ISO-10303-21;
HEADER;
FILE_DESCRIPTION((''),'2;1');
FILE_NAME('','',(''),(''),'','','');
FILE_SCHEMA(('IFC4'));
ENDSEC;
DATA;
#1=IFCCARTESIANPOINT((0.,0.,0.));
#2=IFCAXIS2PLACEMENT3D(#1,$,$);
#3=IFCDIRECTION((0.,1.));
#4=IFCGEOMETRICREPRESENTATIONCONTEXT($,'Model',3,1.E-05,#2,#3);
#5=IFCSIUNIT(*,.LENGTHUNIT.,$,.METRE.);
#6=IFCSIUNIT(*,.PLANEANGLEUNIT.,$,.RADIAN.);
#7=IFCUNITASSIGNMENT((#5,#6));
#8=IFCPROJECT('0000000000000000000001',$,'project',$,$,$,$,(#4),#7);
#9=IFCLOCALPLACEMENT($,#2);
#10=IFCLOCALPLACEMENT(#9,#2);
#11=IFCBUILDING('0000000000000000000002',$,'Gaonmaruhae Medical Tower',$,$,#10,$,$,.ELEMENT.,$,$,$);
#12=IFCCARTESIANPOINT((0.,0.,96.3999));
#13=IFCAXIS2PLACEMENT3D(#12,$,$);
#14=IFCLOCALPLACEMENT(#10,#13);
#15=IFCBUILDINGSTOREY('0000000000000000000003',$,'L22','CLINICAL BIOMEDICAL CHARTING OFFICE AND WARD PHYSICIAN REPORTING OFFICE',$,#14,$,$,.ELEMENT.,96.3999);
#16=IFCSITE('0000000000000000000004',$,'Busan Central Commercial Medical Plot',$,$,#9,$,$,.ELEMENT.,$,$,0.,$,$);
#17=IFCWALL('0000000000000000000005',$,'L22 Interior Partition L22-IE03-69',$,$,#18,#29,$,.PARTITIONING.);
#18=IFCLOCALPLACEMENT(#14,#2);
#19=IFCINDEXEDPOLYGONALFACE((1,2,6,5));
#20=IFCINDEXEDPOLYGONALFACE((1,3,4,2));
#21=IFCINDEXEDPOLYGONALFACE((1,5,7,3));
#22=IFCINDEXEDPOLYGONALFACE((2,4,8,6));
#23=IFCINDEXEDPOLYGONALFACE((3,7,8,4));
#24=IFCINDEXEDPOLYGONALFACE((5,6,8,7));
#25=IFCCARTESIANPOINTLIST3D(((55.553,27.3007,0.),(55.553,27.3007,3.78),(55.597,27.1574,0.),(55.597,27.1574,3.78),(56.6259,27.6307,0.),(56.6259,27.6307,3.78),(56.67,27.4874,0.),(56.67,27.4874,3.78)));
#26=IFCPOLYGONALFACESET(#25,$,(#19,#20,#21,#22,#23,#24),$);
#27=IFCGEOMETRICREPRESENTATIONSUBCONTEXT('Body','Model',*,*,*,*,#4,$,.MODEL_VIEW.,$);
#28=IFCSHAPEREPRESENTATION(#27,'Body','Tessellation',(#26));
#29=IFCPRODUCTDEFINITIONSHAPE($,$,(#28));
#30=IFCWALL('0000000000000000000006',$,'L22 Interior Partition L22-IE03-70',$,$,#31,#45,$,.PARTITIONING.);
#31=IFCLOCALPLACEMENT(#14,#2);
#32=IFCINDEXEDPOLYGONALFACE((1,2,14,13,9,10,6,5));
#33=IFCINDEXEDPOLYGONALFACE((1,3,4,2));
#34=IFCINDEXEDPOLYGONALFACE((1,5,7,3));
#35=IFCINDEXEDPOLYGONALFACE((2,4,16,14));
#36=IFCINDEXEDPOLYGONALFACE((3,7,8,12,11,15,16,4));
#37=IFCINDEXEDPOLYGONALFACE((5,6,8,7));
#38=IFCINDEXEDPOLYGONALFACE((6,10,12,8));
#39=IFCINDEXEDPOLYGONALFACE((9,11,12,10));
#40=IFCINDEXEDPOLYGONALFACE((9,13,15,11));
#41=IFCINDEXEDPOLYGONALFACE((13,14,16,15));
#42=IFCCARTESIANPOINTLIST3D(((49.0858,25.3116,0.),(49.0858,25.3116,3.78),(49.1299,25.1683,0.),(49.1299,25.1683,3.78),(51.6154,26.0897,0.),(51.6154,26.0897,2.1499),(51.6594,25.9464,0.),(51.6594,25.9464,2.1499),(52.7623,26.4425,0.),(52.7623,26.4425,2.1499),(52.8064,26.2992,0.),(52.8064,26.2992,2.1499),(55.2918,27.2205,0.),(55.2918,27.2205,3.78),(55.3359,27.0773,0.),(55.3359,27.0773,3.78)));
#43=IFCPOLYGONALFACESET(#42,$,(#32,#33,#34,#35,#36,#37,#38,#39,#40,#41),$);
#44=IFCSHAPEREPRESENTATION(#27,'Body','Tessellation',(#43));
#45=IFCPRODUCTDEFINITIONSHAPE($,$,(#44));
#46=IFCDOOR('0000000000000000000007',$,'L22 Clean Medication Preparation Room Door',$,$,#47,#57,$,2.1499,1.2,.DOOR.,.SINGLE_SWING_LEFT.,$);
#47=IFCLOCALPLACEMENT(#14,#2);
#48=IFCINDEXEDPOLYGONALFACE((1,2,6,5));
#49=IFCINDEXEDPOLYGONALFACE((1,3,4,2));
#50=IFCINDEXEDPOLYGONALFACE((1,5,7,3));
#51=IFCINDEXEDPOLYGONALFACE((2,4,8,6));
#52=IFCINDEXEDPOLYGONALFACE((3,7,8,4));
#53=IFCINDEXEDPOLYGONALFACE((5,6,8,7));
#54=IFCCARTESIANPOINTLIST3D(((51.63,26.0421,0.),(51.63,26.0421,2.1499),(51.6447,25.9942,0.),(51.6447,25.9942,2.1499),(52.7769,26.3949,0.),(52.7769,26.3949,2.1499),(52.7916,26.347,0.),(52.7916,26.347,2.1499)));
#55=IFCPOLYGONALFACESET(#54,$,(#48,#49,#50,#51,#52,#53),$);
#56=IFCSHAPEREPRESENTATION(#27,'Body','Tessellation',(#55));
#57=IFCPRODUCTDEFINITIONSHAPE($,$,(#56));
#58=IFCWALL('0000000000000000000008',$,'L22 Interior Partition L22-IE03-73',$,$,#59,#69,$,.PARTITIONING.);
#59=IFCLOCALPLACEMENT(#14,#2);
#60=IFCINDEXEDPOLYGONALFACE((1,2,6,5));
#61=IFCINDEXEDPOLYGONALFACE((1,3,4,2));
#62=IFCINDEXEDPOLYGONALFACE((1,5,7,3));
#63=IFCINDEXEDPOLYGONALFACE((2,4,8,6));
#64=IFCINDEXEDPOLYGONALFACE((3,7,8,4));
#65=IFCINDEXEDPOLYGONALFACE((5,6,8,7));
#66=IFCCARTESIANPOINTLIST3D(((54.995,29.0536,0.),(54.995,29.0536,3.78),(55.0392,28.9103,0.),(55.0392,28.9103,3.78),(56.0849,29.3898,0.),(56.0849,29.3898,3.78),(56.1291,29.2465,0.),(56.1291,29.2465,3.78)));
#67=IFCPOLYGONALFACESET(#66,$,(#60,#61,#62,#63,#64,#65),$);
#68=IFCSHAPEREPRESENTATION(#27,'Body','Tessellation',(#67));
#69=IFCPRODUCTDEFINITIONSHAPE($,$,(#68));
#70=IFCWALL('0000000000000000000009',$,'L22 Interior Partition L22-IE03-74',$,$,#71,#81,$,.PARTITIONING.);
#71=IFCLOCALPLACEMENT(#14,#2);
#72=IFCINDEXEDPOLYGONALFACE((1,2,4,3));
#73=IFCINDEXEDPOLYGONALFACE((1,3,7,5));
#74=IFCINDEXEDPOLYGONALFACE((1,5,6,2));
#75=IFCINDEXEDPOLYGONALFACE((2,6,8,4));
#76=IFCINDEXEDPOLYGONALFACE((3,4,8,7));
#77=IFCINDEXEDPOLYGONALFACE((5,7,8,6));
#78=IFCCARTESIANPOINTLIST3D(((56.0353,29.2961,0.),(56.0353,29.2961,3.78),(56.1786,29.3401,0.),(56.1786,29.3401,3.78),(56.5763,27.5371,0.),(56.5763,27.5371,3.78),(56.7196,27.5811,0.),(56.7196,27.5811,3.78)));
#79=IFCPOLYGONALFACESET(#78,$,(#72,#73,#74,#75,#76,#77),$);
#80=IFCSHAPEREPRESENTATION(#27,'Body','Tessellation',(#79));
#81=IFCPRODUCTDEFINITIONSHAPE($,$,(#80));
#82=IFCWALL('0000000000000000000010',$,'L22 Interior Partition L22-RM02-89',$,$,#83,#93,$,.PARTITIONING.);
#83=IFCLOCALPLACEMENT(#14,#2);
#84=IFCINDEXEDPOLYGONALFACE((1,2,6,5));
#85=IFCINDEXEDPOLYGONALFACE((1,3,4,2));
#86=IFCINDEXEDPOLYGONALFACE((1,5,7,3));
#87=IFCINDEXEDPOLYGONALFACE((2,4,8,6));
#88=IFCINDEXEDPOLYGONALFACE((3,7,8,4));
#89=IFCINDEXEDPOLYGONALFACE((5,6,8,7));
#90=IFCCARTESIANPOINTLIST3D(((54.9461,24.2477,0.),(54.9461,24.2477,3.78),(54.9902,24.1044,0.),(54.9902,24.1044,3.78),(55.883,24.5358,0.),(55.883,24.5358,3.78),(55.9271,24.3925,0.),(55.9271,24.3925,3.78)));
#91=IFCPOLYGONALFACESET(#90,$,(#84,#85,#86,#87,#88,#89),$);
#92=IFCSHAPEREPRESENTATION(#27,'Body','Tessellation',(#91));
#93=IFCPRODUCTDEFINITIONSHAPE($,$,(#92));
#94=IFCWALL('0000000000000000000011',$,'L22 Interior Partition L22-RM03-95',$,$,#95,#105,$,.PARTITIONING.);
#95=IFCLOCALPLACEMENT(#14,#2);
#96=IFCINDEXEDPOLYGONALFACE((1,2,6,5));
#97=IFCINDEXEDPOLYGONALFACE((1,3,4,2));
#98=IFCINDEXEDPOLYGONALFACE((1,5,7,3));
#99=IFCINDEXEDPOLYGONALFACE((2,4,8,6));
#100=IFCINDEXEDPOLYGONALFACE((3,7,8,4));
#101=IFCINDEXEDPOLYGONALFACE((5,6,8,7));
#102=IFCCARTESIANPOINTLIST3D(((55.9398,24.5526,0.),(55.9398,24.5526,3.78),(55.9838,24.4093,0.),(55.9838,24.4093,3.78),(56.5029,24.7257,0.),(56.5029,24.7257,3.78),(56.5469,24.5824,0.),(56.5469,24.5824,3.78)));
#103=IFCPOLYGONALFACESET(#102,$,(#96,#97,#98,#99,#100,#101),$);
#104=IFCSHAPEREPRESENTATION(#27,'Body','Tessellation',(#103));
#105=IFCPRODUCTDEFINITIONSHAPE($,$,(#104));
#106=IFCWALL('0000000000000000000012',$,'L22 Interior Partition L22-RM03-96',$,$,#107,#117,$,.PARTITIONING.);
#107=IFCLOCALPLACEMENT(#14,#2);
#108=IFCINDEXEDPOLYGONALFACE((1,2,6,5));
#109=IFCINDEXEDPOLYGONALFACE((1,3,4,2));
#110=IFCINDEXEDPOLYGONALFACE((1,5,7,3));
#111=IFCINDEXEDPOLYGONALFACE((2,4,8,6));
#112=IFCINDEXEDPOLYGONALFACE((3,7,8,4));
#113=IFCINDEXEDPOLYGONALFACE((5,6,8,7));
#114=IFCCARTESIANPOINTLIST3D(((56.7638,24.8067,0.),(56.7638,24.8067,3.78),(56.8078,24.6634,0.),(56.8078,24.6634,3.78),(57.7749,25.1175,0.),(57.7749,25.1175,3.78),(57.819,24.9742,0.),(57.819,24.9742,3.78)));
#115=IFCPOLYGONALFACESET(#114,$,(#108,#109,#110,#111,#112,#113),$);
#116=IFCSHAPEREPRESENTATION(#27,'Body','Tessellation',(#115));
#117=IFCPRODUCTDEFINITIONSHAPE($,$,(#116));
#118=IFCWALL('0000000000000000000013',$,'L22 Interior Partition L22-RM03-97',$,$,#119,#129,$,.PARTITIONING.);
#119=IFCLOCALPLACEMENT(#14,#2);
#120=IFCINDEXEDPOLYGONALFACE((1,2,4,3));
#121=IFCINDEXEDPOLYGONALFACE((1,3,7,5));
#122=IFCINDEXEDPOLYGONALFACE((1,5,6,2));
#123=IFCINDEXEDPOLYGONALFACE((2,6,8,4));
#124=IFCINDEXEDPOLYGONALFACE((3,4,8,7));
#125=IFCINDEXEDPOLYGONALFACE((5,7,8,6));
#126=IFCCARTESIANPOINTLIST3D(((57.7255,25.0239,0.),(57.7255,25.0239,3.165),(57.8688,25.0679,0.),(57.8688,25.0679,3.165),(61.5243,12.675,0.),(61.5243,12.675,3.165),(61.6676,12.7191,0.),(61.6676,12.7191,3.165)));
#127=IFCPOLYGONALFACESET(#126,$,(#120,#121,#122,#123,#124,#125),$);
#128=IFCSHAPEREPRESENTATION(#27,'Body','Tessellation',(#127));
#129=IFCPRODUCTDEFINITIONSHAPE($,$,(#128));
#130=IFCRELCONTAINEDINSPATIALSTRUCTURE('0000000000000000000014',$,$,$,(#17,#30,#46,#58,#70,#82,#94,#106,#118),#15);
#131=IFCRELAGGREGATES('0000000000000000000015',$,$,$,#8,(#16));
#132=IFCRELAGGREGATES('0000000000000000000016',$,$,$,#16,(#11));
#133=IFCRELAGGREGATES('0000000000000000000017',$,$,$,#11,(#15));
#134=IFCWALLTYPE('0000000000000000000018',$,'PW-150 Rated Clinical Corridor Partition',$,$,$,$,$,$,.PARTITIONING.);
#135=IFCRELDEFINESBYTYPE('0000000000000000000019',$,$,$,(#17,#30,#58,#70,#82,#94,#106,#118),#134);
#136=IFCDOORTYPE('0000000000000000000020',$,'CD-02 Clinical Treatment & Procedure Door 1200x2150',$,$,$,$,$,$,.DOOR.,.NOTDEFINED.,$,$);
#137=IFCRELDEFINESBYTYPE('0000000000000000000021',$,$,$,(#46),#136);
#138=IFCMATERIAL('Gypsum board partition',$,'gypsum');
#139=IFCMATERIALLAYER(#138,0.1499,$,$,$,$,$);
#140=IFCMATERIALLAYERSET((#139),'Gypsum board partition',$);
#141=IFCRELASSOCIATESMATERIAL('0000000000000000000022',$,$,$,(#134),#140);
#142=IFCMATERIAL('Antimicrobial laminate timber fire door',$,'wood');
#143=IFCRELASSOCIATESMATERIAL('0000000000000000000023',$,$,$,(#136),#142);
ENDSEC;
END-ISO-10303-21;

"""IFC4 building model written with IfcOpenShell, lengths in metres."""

from ifc_helpers import new_model, si_unit, direction, frame, frame_2d, origin, place, context, subcontext, project, spatial, rectangle, extrude, material, layer, layer_set, type_object, element, fill, save


model = new_model("IFC4")

# Units and contexts
model_context = context("Model", 3, precision=1e-05, world=origin(), true_north=direction((0.0, 1.0)))
body_context = subcontext(model_context, "Body", "Model", "MODEL_VIEW")
ifc_project = project(units=[si_unit("LENGTHUNIT", "METRE"), si_unit("PLANEANGLEUNIT", "RADIAN")], contexts=[model_context])

# Site, building, storey
site_placement = place(None, origin())
site = spatial("IfcSite", under=ifc_project, at=site_placement, Name="Busan Central Commercial Medical Plot", CompositionType="ELEMENT", RefElevation=0.0)
building_placement = place(site_placement, origin())
building = spatial("IfcBuilding", under=site, at=building_placement, Name="Gaonmaruhae Medical Tower", CompositionType="ELEMENT")
storey_placement = place(building_placement, frame((0.0, 0.0, 96.3999)))
storey = spatial("IfcBuildingStorey", under=building, at=storey_placement, Name="L22", Description="CLINICAL BIOMEDICAL CHARTING OFFICE AND WARD PHYSICIAN REPORTING OFFICE", CompositionType="ELEMENT", Elevation=96.3999)

# Wall
ifc_material_1 = material(Name="Gypsum board partition", Category="gypsum")
ifc_layer_1 = layer(ifc_material_1, 0.1499)
ifc_layer_set_1 = layer_set([ifc_layer_1], Name="Gypsum board partition")
wall_type_1 = type_object("IfcWallType", Name="PW-150 Rated Clinical Corridor Partition", PredefinedType="PARTITIONING", material=ifc_layer_set_1)
wall_1_placement = place(storey_placement, frame((56.6479, 27.5591, 0.0), z_axis=(0.0, 0.0, 1.0), x_axis=(-0.955798, -0.294025, 0.0)))
element("IfcWall", 1, at=wall_1_placement, inside=storey, type_object=wall_type_1, Name="L22 Interior Partition L22-IE03-69", PredefinedType="PARTITIONING", context=body_context, shape_type="SweptSolid", body=[
    extrude(rectangle(XDim=1.1226, YDim=0.1499, at=frame_2d((0.5613, 0.0))), origin(), (0.0, 0.0, 1.0), 3.78),
])

# Wall, opening, door
wall_2_placement = place(storey_placement, frame((55.314, 27.1489, 0.0), z_axis=(0.0, 0.0, 1.0), x_axis=(-0.955806, -0.293999, 0.0)))
wall_2 = element("IfcWall", 2, at=wall_2_placement, inside=storey, type_object=wall_type_1, Name="L22 Interior Partition L22-IE03-70", PredefinedType="PARTITIONING", context=body_context, shape_type="SweptSolid", body=[
    extrude(rectangle(XDim=6.4929, YDim=0.1499, at=frame_2d((3.2466, 0.0))), origin(), (0.0, 0.0, 1.0), 3.78),
])
opening_placement = place(wall_2_placement, frame((2.6465, 0.0, 0.0)))
opening = element("IfcOpeningElement", 3, at=opening_placement, cuts=wall_2, PredefinedType="OPENING", context=body_context, shape_type="SweptSolid", body=[
    extrude(rectangle(XDim=1.2, YDim=2.1499, at=frame_2d((0.6001, 1.075))), frame((0.0, 0.085, 0.0), z_axis=(0.0, -1.0, 0.0), x_axis=(1.0, 0.0, 0.0)), (0.0, 0.0, 1.0), 0.1699),
])
ifc_material_2 = material(Name="Antimicrobial laminate timber fire door", Category="wood")
door_type = type_object("IfcDoorType", Name="CD-02 Clinical Treatment & Procedure Door 1200x2150", OperationType="NOTDEFINED", PredefinedType="DOOR", material=ifc_material_2)
door_placement = place(opening_placement, origin())
door = element("IfcDoor", 4, at=door_placement, inside=storey, type_object=door_type, Name="L22 Clean Medication Preparation Room Door", OperationType="SINGLE_SWING_LEFT", OverallHeight=2.1499, OverallWidth=1.2, PredefinedType="DOOR", context=body_context, shape_type="SweptSolid", body=[
    extrude(rectangle(XDim=1.2, YDim=2.1499, at=frame_2d((0.6001, 1.075))), frame((0.0, 0.0249, 0.0), z_axis=(0.0, -1.0, 0.0), x_axis=(1.0, 0.0, 0.0)), (0.0, 0.0, 1.0), 0.05),
])
fill(opening, door)

# Walls
wall_3_placement = place(storey_placement, frame((55.0171, 28.9819, 0.0), z_axis=(0.0, 0.0, 1.0), x_axis=(0.95557, 0.294763, 0.0)))
element("IfcWall", 5, at=wall_3_placement, inside=storey, type_object=wall_type_1, Name="L22 Interior Partition L22-IE03-73", PredefinedType="PARTITIONING", context=body_context, shape_type="SweptSolid", body=[
    extrude(rectangle(XDim=1.1406, YDim=0.1499, at=frame_2d((0.5703, 0.0))), origin(), (0.0, 0.0, 1.0), 3.78),
])
wall_4_placement = place(storey_placement, frame((56.1069, 29.3181, 0.0), z_axis=(0.0, 0.0, 1.0), x_axis=(0.293974, -0.955813, 0.0)))
element("IfcWall", 6, at=wall_4_placement, inside=storey, type_object=wall_type_1, Name="L22 Interior Partition L22-IE03-74", PredefinedType="PARTITIONING", context=body_context, shape_type="SweptSolid", body=[
    extrude(rectangle(XDim=1.8403, YDim=0.1499, at=frame_2d((0.9202, 0.0))), origin(), (0.0, 0.0, 1.0), 3.78),
])
wall_5_placement = place(storey_placement, frame((54.968, 24.176, 0.0), z_axis=(0.0, 0.0, 1.0), x_axis=(0.955844, 0.293876, 0.0)))
element("IfcWall", 7, at=wall_5_placement, inside=storey, type_object=wall_type_1, Name="L22 Interior Partition L22-RM02-89", PredefinedType="PARTITIONING", context=body_context, shape_type="SweptSolid", body=[
    extrude(rectangle(XDim=0.9802, YDim=0.1499, at=frame_2d((0.4902, 0.0))), origin(), (0.0, 0.0, 1.0), 3.78),
])
wall_6_placement = place(storey_placement, frame((55.9619, 24.481, 0.0), z_axis=(0.0, 0.0, 1.0), x_axis=(0.955842, 0.293882, 0.0)))
element("IfcWall", 8, at=wall_6_placement, inside=storey, type_object=wall_type_1, Name="L22 Interior Partition L22-RM03-95", PredefinedType="PARTITIONING", context=body_context, shape_type="SweptSolid", body=[
    extrude(rectangle(XDim=0.5891, YDim=0.1499, at=frame_2d((0.2944, 0.0))), origin(), (0.0, 0.0, 1.0), 3.78),
])
wall_7_placement = place(storey_placement, frame((56.7859, 24.7351, 0.0), z_axis=(0.0, 0.0, 1.0), x_axis=(0.955874, 0.293778, 0.0)))
element("IfcWall", 9, at=wall_7_placement, inside=storey, type_object=wall_type_1, Name="L22 Interior Partition L22-RM03-96", PredefinedType="PARTITIONING", context=body_context, shape_type="SweptSolid", body=[
    extrude(rectangle(XDim=1.0579, YDim=0.1499, at=frame_2d((0.5288, 0.0))), origin(), (0.0, 0.0, 1.0), 3.78),
])
wall_8_placement = place(storey_placement, frame((57.7971, 25.0459, 0.0), z_axis=(0.0, 0.0, 1.0), x_axis=(0.294027, -0.955797, 0.0)))
element("IfcWall", 10, at=wall_8_placement, inside=storey, type_object=wall_type_1, Name="L22 Interior Partition L22-RM03-97", PredefinedType="PARTITIONING", context=body_context, shape_type="SweptSolid", body=[
    extrude(rectangle(XDim=12.9199, YDim=0.1499, at=frame_2d((6.46, 0.0))), origin(), (0.0, 0.0, 1.0), 3.165),
])

save(model, "model.ifc")
